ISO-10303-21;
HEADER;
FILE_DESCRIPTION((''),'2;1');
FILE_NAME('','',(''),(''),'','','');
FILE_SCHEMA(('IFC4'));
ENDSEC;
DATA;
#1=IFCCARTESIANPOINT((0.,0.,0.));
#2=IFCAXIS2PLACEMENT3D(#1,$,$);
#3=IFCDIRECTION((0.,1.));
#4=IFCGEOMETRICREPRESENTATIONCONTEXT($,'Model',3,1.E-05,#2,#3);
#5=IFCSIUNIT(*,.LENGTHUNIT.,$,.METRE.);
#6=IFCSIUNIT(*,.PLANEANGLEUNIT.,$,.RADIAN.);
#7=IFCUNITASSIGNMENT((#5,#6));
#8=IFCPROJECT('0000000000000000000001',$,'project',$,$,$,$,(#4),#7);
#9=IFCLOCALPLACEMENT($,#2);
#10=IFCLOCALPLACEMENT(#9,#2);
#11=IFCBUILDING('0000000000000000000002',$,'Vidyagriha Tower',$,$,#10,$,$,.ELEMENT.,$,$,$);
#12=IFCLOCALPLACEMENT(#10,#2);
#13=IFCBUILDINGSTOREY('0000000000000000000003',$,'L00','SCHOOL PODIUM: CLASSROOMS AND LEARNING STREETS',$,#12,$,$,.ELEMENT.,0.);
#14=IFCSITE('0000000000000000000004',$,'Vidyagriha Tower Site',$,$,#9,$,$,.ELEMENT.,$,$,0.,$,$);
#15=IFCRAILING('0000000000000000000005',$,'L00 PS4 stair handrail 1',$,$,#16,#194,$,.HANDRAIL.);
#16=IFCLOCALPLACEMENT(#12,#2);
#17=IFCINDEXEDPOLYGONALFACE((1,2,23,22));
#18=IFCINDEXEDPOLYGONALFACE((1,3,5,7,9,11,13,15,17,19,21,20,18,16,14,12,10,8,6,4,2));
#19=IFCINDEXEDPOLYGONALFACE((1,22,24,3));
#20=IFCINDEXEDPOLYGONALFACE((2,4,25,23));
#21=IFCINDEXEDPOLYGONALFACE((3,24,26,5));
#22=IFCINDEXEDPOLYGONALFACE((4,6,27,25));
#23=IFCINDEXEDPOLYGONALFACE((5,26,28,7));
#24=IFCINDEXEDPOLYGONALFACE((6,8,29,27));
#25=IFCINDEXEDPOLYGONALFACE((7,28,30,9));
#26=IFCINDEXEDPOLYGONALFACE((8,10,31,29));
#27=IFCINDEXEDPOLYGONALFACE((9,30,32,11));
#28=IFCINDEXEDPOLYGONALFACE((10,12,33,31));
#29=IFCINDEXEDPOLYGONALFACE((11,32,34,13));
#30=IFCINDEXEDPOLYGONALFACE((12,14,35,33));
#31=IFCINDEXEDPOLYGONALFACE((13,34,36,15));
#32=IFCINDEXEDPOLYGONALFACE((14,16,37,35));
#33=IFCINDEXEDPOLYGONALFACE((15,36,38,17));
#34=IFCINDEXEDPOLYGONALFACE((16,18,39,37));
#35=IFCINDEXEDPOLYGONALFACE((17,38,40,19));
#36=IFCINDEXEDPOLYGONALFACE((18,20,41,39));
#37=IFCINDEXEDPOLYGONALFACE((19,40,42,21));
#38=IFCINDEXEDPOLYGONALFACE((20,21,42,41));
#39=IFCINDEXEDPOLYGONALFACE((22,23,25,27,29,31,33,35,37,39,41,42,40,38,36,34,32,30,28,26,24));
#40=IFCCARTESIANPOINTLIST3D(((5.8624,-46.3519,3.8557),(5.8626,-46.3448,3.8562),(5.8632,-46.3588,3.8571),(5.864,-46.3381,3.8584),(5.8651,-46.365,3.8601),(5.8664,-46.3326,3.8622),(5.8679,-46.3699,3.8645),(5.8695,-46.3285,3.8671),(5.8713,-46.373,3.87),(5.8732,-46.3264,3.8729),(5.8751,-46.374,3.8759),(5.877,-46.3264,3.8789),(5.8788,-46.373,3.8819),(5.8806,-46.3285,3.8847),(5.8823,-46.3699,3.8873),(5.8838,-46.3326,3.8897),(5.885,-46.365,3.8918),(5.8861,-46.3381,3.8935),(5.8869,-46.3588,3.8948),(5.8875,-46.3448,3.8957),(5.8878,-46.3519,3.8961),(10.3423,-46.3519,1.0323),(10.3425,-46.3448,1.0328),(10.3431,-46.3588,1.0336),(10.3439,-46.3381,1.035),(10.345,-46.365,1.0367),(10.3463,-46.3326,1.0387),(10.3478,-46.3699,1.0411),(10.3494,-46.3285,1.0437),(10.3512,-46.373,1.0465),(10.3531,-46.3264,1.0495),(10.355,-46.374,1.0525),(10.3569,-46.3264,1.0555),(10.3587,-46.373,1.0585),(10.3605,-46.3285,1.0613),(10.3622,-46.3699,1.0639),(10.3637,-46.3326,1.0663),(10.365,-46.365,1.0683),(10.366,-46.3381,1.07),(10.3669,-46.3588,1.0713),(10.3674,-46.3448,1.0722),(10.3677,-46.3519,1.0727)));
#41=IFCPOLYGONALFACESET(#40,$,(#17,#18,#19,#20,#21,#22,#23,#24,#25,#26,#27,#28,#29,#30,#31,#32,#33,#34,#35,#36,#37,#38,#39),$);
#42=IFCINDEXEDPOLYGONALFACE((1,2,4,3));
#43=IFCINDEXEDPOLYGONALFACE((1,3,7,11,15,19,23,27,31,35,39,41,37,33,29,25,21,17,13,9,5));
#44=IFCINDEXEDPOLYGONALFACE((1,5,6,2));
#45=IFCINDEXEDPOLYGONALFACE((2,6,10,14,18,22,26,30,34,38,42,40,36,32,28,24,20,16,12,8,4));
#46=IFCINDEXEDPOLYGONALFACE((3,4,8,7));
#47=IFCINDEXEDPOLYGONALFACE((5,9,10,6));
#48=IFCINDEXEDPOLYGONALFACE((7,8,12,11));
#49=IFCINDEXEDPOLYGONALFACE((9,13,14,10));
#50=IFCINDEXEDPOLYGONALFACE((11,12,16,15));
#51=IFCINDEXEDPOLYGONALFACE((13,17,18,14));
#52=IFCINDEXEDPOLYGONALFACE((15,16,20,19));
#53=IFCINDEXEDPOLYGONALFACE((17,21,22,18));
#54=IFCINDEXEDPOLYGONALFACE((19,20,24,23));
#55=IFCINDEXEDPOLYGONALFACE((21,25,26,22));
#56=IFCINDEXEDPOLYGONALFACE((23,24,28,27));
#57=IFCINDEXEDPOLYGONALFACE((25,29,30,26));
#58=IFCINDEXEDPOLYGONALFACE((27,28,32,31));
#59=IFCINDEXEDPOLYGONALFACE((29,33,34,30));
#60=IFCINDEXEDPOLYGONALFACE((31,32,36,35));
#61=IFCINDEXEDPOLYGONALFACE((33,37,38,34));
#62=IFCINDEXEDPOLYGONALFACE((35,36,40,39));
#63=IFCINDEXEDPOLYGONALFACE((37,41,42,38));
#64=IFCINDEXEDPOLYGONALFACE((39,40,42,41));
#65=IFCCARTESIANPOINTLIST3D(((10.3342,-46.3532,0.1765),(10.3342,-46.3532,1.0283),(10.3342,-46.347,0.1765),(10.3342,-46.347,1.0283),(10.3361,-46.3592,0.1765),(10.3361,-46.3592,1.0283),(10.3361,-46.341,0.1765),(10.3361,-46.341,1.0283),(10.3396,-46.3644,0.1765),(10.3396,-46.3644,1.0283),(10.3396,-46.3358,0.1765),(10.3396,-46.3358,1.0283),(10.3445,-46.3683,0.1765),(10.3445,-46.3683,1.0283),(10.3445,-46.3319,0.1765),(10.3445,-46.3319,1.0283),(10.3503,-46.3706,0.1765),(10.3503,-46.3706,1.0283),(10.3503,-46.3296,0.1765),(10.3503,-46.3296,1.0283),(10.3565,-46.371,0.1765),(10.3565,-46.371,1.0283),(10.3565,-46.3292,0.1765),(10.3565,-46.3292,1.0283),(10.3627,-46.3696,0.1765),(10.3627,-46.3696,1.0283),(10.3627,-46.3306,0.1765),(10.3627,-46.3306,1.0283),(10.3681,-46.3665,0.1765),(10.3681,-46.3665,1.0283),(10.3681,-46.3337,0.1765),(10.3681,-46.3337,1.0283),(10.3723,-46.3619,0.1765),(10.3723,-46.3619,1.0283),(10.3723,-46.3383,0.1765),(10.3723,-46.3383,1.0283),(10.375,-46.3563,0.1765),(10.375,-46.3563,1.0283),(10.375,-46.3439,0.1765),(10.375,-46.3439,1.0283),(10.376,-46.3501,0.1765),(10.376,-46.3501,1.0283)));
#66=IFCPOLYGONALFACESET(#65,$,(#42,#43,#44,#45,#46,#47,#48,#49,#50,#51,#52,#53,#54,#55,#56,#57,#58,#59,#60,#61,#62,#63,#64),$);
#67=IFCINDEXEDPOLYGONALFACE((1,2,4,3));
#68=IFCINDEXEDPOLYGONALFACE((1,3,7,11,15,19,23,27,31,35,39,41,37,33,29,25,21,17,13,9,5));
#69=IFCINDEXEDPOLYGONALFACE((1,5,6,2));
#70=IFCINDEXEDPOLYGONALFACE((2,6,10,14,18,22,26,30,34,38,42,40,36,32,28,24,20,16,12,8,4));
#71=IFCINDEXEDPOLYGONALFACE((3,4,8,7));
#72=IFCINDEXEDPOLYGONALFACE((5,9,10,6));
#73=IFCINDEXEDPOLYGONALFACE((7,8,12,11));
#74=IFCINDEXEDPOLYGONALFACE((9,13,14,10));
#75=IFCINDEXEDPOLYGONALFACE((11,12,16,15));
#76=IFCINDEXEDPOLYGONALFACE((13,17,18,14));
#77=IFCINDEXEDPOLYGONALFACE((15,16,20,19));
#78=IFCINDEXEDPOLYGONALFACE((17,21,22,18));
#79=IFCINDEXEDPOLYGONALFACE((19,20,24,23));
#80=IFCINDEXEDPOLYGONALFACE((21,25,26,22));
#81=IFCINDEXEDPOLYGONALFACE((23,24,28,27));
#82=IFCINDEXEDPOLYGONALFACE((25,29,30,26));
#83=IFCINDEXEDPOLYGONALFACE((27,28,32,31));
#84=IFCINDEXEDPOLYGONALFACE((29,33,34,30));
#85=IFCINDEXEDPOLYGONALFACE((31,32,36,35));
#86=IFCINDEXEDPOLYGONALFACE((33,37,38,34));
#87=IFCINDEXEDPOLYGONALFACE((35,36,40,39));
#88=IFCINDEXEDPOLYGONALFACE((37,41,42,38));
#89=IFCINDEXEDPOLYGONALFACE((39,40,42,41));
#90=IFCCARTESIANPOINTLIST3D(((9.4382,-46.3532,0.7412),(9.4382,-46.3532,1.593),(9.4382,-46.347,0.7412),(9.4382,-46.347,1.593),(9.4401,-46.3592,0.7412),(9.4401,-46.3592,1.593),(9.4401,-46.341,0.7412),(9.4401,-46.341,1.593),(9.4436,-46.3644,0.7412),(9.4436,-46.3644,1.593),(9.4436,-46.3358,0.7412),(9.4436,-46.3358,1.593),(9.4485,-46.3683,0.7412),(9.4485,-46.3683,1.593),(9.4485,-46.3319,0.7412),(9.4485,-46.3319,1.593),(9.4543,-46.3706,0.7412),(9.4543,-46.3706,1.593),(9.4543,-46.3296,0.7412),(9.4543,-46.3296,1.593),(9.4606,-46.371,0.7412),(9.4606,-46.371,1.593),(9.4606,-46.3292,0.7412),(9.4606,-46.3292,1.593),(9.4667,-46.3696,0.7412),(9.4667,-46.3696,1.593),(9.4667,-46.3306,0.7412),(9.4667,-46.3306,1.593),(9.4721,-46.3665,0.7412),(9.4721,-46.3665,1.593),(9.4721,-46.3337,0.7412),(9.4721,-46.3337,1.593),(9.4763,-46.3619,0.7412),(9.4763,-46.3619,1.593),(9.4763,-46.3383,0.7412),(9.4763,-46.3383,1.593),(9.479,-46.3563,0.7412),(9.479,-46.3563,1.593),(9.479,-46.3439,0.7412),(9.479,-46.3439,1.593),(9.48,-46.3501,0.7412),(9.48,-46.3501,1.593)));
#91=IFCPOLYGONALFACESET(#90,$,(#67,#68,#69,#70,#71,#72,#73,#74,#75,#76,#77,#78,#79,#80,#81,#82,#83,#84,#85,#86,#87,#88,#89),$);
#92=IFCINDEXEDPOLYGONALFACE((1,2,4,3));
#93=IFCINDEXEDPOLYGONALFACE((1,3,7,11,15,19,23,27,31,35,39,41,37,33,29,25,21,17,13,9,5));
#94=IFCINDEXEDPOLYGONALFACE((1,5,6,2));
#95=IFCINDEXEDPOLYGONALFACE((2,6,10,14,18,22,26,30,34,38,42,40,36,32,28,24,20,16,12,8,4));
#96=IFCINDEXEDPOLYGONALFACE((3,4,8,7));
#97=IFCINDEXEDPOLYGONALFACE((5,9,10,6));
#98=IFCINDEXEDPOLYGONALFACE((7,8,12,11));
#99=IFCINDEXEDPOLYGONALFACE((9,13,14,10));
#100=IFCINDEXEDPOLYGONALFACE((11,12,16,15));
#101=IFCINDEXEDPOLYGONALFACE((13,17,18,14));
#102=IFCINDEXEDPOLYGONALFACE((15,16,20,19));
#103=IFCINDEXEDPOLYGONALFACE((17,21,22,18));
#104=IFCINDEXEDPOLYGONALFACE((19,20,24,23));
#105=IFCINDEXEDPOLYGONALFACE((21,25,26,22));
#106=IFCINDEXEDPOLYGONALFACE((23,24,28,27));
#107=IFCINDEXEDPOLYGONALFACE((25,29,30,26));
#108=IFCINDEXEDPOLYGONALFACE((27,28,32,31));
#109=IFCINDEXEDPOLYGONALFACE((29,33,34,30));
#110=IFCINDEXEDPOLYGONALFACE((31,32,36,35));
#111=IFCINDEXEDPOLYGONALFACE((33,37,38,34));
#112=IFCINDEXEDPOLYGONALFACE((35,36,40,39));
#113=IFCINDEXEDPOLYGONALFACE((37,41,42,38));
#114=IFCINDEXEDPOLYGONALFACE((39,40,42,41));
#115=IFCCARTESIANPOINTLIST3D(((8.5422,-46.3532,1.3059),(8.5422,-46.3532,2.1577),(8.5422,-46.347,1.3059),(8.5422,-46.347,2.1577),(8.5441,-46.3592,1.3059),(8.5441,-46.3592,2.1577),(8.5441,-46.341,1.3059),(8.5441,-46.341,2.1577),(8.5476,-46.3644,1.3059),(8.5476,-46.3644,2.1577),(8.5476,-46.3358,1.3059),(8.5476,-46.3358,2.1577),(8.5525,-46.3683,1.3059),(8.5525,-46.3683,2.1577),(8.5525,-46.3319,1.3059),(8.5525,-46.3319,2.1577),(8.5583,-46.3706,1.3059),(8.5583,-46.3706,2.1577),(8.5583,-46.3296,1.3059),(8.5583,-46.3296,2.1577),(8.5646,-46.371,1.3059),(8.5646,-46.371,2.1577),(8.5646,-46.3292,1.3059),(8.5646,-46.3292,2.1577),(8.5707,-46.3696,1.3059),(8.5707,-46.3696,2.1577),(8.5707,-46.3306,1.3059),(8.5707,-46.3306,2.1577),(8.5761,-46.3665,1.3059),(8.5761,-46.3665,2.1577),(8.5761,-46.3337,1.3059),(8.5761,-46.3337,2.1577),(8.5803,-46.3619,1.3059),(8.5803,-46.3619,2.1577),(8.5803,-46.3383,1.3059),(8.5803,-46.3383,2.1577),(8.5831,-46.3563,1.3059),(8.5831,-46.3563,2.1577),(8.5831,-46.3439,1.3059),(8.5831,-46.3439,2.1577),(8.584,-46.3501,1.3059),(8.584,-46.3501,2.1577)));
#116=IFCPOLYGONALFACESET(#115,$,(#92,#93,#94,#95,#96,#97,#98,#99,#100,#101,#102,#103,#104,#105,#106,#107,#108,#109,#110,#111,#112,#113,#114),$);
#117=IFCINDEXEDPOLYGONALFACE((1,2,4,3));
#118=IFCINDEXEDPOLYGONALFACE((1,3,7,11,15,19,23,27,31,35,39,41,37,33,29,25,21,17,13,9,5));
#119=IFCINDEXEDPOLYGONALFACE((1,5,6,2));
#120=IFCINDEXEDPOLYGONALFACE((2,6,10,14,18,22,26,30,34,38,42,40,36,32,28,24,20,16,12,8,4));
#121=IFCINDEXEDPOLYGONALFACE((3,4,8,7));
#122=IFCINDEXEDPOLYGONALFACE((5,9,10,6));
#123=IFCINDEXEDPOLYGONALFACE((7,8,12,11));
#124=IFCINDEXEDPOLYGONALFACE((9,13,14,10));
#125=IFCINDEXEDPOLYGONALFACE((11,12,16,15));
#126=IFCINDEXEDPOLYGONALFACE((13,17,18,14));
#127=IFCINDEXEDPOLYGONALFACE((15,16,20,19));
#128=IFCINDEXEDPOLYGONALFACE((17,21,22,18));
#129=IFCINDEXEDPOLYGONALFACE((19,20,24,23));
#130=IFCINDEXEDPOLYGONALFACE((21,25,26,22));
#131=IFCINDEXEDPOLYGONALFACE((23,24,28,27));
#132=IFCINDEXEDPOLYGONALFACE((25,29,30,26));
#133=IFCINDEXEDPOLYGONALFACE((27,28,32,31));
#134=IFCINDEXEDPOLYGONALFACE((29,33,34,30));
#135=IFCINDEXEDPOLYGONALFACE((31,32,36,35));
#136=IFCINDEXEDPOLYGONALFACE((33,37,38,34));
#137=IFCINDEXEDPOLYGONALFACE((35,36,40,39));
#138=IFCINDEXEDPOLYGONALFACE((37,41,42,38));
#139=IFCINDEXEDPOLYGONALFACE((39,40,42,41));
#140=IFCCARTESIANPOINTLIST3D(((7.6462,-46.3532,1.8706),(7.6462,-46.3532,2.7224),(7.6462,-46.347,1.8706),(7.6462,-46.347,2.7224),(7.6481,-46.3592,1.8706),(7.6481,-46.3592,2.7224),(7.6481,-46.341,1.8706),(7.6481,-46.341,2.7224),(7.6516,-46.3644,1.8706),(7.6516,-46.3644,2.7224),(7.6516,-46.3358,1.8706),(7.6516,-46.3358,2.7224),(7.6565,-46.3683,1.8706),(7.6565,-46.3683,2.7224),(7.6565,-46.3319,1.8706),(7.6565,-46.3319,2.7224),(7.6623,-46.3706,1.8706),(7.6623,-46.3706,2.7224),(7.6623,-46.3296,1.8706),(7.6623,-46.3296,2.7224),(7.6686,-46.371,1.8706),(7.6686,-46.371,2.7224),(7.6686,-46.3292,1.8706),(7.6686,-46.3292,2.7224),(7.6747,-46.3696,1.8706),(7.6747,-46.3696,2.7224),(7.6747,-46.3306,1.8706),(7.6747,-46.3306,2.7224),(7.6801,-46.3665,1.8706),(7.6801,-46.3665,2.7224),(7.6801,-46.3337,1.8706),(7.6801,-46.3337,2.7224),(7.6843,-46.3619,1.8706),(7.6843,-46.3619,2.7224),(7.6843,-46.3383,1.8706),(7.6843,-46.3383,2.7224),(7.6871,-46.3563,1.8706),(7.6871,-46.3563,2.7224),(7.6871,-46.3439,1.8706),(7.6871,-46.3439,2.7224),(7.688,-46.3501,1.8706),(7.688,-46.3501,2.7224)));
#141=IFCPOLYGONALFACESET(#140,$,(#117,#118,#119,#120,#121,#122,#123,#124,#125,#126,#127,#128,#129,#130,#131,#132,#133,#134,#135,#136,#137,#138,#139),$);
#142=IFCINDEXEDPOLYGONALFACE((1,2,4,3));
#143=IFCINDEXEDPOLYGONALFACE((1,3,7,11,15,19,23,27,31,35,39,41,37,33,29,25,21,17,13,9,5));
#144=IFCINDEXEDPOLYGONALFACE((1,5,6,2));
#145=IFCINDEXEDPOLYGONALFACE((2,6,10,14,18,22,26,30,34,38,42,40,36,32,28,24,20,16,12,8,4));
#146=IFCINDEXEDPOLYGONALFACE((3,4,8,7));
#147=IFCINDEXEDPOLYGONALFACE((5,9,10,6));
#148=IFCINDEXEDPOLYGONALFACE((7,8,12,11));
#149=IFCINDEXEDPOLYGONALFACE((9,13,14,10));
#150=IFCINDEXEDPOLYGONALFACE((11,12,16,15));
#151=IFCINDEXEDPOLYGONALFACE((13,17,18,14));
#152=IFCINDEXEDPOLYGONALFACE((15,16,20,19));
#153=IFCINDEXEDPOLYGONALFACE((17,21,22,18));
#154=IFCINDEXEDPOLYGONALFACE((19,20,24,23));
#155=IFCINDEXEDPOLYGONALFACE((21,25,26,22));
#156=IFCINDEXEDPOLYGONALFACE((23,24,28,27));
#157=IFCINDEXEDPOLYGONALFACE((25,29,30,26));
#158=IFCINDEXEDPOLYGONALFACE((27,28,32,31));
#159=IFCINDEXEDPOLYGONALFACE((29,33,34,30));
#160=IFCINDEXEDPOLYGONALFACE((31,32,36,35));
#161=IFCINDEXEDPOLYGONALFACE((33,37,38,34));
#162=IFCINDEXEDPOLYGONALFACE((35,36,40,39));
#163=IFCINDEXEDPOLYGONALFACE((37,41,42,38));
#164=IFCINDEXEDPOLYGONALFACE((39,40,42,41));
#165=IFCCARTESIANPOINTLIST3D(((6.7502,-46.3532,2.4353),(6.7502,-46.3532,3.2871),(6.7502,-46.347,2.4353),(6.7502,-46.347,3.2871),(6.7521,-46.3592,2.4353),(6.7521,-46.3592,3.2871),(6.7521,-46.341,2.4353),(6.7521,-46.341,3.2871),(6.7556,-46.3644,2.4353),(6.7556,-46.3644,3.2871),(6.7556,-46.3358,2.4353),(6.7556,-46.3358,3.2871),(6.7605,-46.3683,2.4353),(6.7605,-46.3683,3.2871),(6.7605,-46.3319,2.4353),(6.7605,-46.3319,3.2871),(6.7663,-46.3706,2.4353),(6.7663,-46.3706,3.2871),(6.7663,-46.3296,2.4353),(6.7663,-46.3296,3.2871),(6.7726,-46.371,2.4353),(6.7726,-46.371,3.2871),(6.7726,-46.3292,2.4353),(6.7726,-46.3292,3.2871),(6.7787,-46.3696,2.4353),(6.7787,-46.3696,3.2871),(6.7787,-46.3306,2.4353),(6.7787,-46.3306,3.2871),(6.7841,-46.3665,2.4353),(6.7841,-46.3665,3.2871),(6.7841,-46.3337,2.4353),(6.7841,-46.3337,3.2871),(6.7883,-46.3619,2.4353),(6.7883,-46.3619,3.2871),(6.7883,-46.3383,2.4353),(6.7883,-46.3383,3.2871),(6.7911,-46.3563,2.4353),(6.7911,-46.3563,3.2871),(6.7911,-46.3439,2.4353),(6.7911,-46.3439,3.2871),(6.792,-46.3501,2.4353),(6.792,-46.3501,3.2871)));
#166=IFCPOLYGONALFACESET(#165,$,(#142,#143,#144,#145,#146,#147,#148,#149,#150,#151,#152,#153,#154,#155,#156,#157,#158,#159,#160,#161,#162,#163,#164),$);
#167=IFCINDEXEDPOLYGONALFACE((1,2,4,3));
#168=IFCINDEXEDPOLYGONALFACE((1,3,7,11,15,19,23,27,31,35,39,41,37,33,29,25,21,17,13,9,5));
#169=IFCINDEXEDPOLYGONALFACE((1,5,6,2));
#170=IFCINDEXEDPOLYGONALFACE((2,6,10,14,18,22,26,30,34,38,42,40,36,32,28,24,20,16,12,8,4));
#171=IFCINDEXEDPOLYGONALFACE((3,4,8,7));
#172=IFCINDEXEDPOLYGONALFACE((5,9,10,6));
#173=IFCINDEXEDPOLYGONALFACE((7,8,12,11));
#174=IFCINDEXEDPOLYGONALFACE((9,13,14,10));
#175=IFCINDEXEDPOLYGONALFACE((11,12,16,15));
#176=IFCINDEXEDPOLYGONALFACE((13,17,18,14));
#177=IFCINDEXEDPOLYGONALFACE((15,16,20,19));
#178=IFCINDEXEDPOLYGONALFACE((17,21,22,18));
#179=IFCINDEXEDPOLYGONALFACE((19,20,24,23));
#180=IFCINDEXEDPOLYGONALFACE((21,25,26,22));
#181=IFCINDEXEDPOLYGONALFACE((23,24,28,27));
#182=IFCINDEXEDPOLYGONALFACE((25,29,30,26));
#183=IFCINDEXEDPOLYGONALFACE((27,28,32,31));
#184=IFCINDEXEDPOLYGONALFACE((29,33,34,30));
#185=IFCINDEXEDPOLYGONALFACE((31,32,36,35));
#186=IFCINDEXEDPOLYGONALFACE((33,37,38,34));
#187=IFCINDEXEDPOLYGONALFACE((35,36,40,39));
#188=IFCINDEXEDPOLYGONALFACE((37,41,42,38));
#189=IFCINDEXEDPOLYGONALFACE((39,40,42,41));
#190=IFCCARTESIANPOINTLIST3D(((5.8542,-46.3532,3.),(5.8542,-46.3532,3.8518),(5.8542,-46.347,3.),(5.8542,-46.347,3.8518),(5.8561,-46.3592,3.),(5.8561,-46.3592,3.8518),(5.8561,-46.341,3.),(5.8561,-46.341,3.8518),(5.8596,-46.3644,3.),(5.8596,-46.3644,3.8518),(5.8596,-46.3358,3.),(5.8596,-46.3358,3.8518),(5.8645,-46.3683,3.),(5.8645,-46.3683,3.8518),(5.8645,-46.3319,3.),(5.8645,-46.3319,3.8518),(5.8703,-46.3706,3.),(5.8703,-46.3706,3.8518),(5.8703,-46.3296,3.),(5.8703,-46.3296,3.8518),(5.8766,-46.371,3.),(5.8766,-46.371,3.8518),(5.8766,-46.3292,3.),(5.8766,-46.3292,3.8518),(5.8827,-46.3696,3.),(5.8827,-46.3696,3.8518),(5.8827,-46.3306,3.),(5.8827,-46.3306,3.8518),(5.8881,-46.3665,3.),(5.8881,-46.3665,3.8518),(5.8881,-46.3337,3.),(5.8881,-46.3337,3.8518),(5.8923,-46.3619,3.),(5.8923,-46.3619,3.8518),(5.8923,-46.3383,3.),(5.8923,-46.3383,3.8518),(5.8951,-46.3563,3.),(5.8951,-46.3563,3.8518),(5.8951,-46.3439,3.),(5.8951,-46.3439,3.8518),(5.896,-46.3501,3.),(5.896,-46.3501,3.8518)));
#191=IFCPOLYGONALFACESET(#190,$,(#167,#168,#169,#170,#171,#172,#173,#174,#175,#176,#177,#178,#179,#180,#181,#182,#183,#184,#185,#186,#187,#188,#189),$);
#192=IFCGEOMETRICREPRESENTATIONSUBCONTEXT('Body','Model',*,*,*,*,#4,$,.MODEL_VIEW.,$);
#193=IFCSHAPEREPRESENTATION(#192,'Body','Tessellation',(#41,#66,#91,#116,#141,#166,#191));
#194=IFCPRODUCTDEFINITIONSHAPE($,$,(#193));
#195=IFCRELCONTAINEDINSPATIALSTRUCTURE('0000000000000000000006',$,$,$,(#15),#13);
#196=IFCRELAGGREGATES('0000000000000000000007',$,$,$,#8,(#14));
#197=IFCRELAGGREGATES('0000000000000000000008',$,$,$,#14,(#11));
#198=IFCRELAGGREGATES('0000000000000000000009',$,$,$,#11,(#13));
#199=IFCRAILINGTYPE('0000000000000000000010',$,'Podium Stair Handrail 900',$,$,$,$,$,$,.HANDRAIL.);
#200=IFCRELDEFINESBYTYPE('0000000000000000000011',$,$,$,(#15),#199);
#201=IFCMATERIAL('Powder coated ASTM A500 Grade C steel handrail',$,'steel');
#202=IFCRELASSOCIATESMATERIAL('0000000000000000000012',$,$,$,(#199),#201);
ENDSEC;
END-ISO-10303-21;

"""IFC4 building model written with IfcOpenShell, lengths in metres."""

from ifc_helpers import new_model, si_unit, direction, frame, origin, origin_2d, place, context, subcontext, project, spatial, circle, extrude, material, type_object, element, save


model = new_model("IFC4")

# Units and contexts
model_context = context("Model", 3, precision=1e-05, world=origin(), true_north=direction((0.0, 1.0)))
body_context = subcontext(model_context, "Body", "Model", "MODEL_VIEW")
ifc_project = project(units=[si_unit("LENGTHUNIT", "METRE"), si_unit("PLANEANGLEUNIT", "RADIAN")], contexts=[model_context])

# Site, building, storey
site_placement = place(None, origin())
site = spatial("IfcSite", under=ifc_project, at=site_placement, Name="Vidyagriha Tower Site", CompositionType="ELEMENT", RefElevation=0.0)
building_placement = place(site_placement, origin())
building = spatial("IfcBuilding", under=site, at=building_placement, Name="Vidyagriha Tower", CompositionType="ELEMENT")
storey_placement = place(building_placement, origin())
storey = spatial("IfcBuildingStorey", under=building, at=storey_placement, Name="L00", Description="SCHOOL PODIUM: CLASSROOMS AND LEARNING STREETS", CompositionType="ELEMENT", Elevation=0.0)

# Railing
ifc_material_1 = material(Name="Powder coated ASTM A500 Grade C steel handrail", Category="steel")
railing_type_1 = type_object("IfcRailingType", Name="Podium Stair Handrail 900", PredefinedType="HANDRAIL", material=ifc_material_1)
railing_1_placement = place(storey_placement, frame((10.355, -46.3501, 0.1765)))
element("IfcRailing", 1, at=railing_1_placement, inside=storey, type_object=railing_type_1, Name="L00 PS4 stair handrail 1", PredefinedType="HANDRAIL", context=body_context, shape_type="SweptSolid", body=[
    extrude(circle(Radius=0.0239, at=origin_2d()), frame((0.0, 0.0, 0.876), z_axis=(-0.845998, 0.0, 0.533186), x_axis=(0.0, -1.0, 0.0)), (0.0, 0.0, 1.0), 5.2954),
    extrude(circle(Radius=0.021, at=origin_2d()), origin(), (0.0, 0.0, 1.0), 0.8518),
    extrude(circle(Radius=0.021, at=origin_2d()), frame((-0.896, 0.0, 0.5647)), (0.0, 0.0, 1.0), 0.8518),
    extrude(circle(Radius=0.021, at=origin_2d()), frame((-1.792, 0.0, 1.1294)), (0.0, 0.0, 1.0), 0.8518),
    extrude(circle(Radius=0.021, at=origin_2d()), frame((-2.688, 0.0, 1.6941)), (0.0, 0.0, 1.0), 0.8518),
    extrude(circle(Radius=0.021, at=origin_2d()), frame((-3.584, 0.0, 2.2588)), (0.0, 0.0, 1.0), 0.8518),
    extrude(circle(Radius=0.021, at=origin_2d()), frame((-4.48, 0.0, 2.8235)), (0.0, 0.0, 1.0), 0.8518),
])

save(model, "model.ifc")
